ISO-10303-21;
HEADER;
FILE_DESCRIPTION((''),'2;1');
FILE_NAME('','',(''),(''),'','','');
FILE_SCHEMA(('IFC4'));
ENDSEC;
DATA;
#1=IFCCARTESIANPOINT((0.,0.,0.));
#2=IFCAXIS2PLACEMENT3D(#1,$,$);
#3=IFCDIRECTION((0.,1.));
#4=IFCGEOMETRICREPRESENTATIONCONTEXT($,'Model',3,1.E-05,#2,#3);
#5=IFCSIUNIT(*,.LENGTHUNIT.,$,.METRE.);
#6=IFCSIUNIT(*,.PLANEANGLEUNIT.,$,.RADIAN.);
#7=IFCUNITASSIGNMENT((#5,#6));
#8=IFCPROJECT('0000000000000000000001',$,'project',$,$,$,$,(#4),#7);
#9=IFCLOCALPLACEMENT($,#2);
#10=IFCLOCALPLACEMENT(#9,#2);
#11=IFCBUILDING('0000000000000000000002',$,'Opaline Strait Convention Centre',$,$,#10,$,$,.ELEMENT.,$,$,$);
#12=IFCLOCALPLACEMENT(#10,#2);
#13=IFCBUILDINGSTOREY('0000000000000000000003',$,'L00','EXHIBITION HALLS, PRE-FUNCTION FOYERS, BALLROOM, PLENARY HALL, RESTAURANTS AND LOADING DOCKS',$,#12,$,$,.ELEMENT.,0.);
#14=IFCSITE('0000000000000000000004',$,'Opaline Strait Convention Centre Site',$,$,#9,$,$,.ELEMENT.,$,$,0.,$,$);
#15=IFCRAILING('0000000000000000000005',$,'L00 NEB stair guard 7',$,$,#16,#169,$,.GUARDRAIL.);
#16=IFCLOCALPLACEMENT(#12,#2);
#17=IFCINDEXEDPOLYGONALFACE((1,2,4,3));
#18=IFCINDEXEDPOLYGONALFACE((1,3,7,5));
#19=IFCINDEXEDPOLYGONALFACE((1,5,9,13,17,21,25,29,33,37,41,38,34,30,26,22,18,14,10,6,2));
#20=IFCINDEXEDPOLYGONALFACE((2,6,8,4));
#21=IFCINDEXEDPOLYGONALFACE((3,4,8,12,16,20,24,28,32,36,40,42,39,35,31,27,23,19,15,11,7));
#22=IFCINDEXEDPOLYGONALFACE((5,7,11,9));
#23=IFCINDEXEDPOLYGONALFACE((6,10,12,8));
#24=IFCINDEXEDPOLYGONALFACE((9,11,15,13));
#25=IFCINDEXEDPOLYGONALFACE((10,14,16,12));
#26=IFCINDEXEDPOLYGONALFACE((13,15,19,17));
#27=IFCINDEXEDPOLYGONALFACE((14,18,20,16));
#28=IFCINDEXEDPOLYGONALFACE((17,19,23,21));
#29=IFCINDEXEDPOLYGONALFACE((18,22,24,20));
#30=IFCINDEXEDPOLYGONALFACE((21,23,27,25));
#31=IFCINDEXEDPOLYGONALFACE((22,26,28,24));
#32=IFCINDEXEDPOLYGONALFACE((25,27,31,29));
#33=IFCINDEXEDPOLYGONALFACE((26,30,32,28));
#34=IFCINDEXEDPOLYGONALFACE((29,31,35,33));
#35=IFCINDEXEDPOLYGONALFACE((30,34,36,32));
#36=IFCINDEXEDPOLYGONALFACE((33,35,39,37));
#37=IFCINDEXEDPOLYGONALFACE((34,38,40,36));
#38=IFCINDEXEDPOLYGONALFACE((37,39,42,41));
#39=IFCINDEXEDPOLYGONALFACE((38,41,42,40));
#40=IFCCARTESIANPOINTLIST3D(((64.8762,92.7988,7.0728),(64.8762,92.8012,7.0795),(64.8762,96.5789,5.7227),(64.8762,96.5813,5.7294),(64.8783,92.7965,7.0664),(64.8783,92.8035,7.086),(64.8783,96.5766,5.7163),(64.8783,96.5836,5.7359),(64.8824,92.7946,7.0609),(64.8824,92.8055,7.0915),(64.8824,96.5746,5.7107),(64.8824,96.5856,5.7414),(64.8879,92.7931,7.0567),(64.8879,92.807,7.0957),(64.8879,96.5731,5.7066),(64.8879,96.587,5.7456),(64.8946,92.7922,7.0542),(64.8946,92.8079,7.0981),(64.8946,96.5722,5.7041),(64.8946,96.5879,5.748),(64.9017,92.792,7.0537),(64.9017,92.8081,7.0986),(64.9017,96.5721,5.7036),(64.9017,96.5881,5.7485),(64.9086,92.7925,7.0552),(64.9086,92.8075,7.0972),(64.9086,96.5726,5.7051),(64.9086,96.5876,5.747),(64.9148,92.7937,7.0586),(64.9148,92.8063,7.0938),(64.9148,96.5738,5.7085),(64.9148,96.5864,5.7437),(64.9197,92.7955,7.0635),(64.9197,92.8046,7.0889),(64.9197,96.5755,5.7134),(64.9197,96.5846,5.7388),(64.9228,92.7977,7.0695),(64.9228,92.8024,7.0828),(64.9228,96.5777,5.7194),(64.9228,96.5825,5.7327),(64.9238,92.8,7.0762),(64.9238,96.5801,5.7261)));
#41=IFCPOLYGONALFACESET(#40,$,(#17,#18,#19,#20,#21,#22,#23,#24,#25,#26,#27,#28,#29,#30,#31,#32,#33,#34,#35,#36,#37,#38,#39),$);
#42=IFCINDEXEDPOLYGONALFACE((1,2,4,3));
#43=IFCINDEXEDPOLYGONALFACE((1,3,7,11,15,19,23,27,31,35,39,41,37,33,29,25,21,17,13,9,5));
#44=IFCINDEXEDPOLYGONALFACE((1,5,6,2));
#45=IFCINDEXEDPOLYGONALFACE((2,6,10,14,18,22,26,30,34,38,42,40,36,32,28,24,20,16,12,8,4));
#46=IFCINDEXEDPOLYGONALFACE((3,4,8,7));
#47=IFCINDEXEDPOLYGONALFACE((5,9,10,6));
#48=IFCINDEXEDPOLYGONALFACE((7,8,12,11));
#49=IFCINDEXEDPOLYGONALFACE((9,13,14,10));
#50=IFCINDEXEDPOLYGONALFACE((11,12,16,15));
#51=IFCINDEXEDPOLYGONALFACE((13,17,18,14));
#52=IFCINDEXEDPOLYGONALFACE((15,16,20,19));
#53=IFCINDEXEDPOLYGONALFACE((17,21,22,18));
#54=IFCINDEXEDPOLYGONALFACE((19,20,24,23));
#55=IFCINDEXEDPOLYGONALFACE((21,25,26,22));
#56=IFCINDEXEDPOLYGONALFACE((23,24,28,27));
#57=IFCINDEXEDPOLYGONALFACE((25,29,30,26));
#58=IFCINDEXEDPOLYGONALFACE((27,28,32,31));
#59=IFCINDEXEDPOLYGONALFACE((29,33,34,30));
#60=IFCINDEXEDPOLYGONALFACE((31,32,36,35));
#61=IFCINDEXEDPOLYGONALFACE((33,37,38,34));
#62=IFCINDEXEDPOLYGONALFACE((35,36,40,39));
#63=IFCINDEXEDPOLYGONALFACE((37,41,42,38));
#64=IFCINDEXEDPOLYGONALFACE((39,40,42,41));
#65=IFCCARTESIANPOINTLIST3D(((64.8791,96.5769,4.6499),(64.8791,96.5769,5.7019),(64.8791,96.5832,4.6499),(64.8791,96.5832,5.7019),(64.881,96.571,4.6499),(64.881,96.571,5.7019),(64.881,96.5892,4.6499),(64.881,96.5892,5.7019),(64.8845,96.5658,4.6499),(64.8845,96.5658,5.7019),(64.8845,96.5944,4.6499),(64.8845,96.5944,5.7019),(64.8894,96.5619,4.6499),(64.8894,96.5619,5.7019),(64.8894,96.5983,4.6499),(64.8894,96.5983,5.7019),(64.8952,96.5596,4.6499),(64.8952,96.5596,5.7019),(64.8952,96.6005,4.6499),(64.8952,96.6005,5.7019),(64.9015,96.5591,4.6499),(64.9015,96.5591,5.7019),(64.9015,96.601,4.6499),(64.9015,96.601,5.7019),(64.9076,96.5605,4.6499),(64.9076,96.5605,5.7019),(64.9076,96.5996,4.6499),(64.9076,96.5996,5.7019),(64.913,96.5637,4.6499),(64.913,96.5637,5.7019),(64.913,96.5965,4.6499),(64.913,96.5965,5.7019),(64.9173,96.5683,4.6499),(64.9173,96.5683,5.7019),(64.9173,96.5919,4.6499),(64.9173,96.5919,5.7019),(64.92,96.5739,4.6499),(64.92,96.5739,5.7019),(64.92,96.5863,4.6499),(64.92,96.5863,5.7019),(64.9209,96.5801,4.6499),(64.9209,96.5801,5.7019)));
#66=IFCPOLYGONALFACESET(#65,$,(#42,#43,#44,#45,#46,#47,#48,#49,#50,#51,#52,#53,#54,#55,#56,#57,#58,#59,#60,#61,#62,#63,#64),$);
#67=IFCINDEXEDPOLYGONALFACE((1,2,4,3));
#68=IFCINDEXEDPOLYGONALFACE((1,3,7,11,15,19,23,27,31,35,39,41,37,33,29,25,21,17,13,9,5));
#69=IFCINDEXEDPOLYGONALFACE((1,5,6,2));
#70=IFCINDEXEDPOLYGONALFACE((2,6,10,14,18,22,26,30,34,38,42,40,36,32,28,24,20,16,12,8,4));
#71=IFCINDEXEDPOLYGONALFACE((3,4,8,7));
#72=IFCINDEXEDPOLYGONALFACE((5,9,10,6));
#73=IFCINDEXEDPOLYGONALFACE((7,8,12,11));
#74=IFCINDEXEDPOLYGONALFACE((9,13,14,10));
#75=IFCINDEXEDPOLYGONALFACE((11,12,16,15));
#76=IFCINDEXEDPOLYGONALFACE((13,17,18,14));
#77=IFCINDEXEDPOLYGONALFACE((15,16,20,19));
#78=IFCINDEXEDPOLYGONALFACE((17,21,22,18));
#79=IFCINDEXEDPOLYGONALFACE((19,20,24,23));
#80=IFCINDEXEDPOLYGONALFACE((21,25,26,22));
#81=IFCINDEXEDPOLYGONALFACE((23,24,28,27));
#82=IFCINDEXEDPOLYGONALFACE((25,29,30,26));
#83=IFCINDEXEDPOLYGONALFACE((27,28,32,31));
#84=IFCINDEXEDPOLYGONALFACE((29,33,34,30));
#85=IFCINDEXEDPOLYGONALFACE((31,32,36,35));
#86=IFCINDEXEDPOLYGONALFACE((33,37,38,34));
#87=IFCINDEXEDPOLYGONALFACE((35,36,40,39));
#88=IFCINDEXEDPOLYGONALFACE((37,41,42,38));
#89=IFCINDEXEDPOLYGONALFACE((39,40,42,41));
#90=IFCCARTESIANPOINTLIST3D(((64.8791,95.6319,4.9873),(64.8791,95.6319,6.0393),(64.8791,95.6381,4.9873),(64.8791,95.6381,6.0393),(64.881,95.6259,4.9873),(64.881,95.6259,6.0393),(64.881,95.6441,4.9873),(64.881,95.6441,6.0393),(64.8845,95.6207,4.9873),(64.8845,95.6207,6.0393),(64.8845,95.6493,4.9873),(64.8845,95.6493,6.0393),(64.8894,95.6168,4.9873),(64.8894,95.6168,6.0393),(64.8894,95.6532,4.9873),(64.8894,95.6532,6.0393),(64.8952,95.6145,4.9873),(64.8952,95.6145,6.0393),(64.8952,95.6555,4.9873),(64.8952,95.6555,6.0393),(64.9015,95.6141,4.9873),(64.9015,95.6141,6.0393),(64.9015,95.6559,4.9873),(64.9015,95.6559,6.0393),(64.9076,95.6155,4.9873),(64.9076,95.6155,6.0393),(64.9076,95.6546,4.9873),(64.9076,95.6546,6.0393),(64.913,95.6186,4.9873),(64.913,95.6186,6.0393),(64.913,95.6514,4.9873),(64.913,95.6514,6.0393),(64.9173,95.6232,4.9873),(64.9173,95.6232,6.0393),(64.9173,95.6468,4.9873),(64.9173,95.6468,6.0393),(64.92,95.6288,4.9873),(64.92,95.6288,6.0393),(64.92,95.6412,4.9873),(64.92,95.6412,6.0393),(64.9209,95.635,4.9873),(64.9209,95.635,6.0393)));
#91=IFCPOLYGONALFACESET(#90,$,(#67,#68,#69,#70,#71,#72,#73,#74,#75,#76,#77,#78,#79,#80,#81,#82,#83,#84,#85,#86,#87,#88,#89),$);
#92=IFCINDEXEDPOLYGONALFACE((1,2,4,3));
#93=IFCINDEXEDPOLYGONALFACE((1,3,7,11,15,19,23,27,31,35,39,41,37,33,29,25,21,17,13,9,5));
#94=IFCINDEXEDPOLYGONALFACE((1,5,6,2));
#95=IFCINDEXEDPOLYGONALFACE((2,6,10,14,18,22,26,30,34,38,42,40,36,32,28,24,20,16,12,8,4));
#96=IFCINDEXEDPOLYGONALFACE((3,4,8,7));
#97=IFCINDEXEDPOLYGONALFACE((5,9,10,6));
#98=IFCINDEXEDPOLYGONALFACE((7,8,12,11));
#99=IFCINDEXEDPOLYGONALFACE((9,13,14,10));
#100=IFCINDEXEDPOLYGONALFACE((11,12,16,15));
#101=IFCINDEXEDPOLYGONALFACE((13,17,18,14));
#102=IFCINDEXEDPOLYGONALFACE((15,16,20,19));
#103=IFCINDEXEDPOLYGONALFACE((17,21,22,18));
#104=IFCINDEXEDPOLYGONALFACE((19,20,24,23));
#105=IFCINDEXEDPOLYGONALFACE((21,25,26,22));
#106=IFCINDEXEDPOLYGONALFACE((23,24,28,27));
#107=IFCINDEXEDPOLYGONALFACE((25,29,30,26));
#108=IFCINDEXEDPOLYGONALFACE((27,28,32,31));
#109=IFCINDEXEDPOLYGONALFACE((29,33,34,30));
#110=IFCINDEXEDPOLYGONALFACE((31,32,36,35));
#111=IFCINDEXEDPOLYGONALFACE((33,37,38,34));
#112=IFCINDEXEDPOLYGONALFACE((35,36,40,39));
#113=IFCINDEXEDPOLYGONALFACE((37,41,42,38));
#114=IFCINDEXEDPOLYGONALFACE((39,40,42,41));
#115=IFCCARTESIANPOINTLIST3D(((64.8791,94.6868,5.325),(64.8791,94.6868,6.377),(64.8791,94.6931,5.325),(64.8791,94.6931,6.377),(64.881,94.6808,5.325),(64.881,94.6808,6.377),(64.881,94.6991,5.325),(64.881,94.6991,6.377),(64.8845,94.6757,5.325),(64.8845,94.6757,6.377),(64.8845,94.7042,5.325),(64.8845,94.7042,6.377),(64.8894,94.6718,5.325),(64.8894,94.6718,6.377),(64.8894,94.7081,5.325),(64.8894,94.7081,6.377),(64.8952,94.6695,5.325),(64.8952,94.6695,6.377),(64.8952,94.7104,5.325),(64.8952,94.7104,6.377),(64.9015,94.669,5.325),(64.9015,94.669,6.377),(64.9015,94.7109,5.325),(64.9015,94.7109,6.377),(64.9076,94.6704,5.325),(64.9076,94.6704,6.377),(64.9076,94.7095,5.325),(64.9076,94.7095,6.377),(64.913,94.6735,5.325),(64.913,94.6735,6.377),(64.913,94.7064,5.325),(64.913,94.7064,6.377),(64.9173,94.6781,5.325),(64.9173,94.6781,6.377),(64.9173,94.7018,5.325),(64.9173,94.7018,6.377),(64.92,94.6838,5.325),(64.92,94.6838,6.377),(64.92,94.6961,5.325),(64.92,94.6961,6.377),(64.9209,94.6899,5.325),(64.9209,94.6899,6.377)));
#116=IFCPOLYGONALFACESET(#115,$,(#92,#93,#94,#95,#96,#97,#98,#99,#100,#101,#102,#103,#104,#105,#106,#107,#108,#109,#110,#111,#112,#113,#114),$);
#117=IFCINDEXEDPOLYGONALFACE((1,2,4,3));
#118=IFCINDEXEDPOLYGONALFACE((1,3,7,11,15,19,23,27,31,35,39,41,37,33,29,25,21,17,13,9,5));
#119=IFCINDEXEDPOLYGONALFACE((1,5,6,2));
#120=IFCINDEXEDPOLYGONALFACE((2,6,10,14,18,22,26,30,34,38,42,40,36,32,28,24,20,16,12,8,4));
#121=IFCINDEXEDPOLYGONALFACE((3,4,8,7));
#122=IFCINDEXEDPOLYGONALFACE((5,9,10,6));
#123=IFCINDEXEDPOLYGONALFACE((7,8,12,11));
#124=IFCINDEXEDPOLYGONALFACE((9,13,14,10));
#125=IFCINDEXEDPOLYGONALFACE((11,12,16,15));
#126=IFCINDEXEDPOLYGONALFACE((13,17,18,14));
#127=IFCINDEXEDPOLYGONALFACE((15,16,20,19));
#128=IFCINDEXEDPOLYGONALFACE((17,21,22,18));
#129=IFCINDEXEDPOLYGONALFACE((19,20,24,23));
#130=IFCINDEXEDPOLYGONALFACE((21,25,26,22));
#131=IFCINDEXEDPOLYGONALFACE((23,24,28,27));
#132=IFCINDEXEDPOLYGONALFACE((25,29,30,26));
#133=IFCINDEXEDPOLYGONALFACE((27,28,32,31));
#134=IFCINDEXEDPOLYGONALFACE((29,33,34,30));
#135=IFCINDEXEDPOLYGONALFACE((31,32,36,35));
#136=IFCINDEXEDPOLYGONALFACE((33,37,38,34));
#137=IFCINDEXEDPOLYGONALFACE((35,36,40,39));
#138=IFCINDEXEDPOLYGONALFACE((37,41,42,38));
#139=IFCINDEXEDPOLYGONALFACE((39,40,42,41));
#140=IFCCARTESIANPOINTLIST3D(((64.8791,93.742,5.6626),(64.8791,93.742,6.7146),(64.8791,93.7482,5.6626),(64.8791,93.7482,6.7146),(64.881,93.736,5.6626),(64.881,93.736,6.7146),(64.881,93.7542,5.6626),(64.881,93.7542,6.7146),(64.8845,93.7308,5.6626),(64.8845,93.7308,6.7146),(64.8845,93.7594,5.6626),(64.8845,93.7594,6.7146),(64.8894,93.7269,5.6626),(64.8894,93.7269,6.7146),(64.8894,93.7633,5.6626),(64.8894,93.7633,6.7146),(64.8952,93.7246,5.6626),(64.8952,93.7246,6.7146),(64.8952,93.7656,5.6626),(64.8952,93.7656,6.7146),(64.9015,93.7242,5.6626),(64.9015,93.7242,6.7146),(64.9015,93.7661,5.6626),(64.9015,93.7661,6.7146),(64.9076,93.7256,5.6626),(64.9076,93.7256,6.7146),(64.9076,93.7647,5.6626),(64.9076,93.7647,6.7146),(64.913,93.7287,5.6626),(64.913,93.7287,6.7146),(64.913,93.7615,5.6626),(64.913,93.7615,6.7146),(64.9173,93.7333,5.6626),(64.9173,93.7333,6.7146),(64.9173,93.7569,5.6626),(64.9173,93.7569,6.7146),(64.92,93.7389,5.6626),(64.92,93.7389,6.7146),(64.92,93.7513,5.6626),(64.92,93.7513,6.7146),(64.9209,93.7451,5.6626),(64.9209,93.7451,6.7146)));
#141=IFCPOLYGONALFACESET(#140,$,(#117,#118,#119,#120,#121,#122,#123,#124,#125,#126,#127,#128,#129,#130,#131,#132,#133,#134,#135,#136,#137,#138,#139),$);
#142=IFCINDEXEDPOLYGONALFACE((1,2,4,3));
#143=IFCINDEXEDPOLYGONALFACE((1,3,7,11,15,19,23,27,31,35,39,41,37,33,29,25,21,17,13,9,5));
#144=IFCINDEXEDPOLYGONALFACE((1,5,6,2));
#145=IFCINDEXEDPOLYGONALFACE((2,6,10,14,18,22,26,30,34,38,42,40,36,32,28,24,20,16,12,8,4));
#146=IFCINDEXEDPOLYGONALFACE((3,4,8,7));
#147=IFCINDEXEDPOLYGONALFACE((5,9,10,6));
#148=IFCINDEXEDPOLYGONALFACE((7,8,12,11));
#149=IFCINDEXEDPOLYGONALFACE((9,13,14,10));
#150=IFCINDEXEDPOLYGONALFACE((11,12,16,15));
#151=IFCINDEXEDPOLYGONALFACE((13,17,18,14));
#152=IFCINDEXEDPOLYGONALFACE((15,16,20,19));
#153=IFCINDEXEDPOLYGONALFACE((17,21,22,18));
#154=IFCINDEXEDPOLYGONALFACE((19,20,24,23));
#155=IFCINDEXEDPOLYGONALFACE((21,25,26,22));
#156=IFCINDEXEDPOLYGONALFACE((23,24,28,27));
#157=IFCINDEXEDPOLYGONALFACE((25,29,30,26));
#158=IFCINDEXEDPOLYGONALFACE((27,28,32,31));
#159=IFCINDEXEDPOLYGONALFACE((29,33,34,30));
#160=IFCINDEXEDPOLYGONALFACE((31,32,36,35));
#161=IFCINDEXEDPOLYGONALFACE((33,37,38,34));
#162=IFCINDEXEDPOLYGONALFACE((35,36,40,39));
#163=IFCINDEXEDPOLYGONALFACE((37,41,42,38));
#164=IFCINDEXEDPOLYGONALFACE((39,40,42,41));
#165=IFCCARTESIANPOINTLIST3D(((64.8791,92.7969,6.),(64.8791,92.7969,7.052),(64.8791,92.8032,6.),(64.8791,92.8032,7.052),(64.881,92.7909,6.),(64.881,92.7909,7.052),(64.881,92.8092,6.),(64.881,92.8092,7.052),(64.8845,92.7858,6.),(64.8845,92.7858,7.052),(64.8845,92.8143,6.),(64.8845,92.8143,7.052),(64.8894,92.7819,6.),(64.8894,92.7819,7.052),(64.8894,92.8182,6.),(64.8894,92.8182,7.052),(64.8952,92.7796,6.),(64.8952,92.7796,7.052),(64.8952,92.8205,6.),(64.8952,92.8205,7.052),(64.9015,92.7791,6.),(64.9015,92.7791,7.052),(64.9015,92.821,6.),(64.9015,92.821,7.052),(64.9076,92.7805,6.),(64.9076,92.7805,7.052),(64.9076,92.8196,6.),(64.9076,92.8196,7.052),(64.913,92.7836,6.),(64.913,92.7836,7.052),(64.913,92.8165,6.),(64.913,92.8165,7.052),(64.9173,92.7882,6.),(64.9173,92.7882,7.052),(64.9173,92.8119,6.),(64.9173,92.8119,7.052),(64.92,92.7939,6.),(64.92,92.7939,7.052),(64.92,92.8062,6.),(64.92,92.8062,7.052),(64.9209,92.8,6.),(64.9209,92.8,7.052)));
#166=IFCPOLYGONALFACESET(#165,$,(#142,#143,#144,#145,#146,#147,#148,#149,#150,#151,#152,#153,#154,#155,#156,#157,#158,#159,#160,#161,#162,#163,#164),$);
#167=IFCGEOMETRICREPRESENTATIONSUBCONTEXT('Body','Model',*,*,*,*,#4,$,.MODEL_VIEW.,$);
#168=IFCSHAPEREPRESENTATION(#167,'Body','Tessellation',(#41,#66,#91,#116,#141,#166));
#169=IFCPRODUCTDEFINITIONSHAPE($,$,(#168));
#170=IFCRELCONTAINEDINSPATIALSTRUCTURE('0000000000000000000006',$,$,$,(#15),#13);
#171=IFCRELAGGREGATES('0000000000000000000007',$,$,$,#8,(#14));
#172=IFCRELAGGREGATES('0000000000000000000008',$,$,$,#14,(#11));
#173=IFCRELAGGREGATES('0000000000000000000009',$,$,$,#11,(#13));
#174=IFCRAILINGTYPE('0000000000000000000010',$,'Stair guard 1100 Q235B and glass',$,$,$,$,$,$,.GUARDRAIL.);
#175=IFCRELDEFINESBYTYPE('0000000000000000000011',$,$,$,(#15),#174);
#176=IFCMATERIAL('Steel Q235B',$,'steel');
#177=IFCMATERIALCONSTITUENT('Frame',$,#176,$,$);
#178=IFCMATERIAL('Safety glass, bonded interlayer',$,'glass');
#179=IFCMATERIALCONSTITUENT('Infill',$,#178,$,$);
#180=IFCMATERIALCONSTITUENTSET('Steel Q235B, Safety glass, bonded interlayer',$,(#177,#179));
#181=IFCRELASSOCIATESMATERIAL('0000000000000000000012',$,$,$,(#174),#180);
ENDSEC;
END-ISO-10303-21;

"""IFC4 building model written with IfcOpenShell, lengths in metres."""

from ifc_helpers import new_model, si_unit, direction, frame, origin, origin_2d, place, context, subcontext, project, spatial, circle, extrude, material, constituent, constituent_set, type_object, element, save


model = new_model("IFC4")

# Units and contexts
model_context = context("Model", 3, precision=1e-05, world=origin(), true_north=direction((0.0, 1.0)))
body_context = subcontext(model_context, "Body", "Model", "MODEL_VIEW")
ifc_project = project(units=[si_unit("LENGTHUNIT", "METRE"), si_unit("PLANEANGLEUNIT", "RADIAN")], contexts=[model_context])

# Site, building, storey
site_placement = place(None, origin())
site = spatial("IfcSite", under=ifc_project, at=site_placement, Name="Opaline Strait Convention Centre Site", CompositionType="ELEMENT", RefElevation=0.0)
building_placement = place(site_placement, origin())
building = spatial("IfcBuilding", under=site, at=building_placement, Name="Opaline Strait Convention Centre", CompositionType="ELEMENT")
storey_placement = place(building_placement, origin())
storey = spatial("IfcBuildingStorey", under=building, at=storey_placement, Name="L00", Description="EXHIBITION HALLS, PRE-FUNCTION FOYERS, BALLROOM, PLENARY HALL, RESTAURANTS AND LOADING DOCKS", CompositionType="ELEMENT", Elevation=0.0)

# Railing
ifc_material_1 = material(Name="Steel Q235B", Category="steel")
ifc_constituent_1 = constituent(ifc_material_1, Name="Frame")
ifc_material_2 = material(Name="Safety glass, bonded interlayer", Category="glass")
ifc_constituent_2 = constituent(ifc_material_2, Name="Infill")
ifc_constituent_set = constituent_set(constituents=[ifc_constituent_1, ifc_constituent_2], Name="Steel Q235B, Safety glass, bonded interlayer")
railing_type_1 = type_object("IfcRailingType", Name="Stair guard 1100 Q235B and glass", PredefinedType="GUARDRAIL", material=ifc_constituent_set)
railing_1_placement = place(storey_placement, frame((64.8999, 96.5801, 4.6499)))
element("IfcRailing", 1, at=railing_1_placement, inside=storey, type_object=railing_type_1, Name="L00 NEB stair guard 7", PredefinedType="GUARDRAIL", context=body_context, shape_type="SweptSolid", body=[
    extrude(circle(Radius=0.0239, at=origin_2d()), frame((0.0, 0.0, 1.0762), z_axis=(0.0, -0.941735, 0.336356), x_axis=(1.0, 0.0, 0.0)), (0.0, 0.0, 1.0), 4.0139),
    extrude(circle(Radius=0.021, at=origin_2d()), origin(), (0.0, 0.0, 1.0), 1.052),
    extrude(circle(Radius=0.021, at=origin_2d()), frame((0.0, -0.9451, 0.3374)), (0.0, 0.0, 1.0), 1.052),
    extrude(circle(Radius=0.021, at=origin_2d()), frame((0.0, -1.8901, 0.675)), (0.0, 0.0, 1.0), 1.052),
    extrude(circle(Radius=0.021, at=origin_2d()), frame((0.0, -2.835, 1.0127)), (0.0, 0.0, 1.0), 1.052),
    extrude(circle(Radius=0.021, at=origin_2d()), frame((0.0, -3.78, 1.3501)), (0.0, 0.0, 1.0), 1.052),
])

save(model, "model.ifc")
